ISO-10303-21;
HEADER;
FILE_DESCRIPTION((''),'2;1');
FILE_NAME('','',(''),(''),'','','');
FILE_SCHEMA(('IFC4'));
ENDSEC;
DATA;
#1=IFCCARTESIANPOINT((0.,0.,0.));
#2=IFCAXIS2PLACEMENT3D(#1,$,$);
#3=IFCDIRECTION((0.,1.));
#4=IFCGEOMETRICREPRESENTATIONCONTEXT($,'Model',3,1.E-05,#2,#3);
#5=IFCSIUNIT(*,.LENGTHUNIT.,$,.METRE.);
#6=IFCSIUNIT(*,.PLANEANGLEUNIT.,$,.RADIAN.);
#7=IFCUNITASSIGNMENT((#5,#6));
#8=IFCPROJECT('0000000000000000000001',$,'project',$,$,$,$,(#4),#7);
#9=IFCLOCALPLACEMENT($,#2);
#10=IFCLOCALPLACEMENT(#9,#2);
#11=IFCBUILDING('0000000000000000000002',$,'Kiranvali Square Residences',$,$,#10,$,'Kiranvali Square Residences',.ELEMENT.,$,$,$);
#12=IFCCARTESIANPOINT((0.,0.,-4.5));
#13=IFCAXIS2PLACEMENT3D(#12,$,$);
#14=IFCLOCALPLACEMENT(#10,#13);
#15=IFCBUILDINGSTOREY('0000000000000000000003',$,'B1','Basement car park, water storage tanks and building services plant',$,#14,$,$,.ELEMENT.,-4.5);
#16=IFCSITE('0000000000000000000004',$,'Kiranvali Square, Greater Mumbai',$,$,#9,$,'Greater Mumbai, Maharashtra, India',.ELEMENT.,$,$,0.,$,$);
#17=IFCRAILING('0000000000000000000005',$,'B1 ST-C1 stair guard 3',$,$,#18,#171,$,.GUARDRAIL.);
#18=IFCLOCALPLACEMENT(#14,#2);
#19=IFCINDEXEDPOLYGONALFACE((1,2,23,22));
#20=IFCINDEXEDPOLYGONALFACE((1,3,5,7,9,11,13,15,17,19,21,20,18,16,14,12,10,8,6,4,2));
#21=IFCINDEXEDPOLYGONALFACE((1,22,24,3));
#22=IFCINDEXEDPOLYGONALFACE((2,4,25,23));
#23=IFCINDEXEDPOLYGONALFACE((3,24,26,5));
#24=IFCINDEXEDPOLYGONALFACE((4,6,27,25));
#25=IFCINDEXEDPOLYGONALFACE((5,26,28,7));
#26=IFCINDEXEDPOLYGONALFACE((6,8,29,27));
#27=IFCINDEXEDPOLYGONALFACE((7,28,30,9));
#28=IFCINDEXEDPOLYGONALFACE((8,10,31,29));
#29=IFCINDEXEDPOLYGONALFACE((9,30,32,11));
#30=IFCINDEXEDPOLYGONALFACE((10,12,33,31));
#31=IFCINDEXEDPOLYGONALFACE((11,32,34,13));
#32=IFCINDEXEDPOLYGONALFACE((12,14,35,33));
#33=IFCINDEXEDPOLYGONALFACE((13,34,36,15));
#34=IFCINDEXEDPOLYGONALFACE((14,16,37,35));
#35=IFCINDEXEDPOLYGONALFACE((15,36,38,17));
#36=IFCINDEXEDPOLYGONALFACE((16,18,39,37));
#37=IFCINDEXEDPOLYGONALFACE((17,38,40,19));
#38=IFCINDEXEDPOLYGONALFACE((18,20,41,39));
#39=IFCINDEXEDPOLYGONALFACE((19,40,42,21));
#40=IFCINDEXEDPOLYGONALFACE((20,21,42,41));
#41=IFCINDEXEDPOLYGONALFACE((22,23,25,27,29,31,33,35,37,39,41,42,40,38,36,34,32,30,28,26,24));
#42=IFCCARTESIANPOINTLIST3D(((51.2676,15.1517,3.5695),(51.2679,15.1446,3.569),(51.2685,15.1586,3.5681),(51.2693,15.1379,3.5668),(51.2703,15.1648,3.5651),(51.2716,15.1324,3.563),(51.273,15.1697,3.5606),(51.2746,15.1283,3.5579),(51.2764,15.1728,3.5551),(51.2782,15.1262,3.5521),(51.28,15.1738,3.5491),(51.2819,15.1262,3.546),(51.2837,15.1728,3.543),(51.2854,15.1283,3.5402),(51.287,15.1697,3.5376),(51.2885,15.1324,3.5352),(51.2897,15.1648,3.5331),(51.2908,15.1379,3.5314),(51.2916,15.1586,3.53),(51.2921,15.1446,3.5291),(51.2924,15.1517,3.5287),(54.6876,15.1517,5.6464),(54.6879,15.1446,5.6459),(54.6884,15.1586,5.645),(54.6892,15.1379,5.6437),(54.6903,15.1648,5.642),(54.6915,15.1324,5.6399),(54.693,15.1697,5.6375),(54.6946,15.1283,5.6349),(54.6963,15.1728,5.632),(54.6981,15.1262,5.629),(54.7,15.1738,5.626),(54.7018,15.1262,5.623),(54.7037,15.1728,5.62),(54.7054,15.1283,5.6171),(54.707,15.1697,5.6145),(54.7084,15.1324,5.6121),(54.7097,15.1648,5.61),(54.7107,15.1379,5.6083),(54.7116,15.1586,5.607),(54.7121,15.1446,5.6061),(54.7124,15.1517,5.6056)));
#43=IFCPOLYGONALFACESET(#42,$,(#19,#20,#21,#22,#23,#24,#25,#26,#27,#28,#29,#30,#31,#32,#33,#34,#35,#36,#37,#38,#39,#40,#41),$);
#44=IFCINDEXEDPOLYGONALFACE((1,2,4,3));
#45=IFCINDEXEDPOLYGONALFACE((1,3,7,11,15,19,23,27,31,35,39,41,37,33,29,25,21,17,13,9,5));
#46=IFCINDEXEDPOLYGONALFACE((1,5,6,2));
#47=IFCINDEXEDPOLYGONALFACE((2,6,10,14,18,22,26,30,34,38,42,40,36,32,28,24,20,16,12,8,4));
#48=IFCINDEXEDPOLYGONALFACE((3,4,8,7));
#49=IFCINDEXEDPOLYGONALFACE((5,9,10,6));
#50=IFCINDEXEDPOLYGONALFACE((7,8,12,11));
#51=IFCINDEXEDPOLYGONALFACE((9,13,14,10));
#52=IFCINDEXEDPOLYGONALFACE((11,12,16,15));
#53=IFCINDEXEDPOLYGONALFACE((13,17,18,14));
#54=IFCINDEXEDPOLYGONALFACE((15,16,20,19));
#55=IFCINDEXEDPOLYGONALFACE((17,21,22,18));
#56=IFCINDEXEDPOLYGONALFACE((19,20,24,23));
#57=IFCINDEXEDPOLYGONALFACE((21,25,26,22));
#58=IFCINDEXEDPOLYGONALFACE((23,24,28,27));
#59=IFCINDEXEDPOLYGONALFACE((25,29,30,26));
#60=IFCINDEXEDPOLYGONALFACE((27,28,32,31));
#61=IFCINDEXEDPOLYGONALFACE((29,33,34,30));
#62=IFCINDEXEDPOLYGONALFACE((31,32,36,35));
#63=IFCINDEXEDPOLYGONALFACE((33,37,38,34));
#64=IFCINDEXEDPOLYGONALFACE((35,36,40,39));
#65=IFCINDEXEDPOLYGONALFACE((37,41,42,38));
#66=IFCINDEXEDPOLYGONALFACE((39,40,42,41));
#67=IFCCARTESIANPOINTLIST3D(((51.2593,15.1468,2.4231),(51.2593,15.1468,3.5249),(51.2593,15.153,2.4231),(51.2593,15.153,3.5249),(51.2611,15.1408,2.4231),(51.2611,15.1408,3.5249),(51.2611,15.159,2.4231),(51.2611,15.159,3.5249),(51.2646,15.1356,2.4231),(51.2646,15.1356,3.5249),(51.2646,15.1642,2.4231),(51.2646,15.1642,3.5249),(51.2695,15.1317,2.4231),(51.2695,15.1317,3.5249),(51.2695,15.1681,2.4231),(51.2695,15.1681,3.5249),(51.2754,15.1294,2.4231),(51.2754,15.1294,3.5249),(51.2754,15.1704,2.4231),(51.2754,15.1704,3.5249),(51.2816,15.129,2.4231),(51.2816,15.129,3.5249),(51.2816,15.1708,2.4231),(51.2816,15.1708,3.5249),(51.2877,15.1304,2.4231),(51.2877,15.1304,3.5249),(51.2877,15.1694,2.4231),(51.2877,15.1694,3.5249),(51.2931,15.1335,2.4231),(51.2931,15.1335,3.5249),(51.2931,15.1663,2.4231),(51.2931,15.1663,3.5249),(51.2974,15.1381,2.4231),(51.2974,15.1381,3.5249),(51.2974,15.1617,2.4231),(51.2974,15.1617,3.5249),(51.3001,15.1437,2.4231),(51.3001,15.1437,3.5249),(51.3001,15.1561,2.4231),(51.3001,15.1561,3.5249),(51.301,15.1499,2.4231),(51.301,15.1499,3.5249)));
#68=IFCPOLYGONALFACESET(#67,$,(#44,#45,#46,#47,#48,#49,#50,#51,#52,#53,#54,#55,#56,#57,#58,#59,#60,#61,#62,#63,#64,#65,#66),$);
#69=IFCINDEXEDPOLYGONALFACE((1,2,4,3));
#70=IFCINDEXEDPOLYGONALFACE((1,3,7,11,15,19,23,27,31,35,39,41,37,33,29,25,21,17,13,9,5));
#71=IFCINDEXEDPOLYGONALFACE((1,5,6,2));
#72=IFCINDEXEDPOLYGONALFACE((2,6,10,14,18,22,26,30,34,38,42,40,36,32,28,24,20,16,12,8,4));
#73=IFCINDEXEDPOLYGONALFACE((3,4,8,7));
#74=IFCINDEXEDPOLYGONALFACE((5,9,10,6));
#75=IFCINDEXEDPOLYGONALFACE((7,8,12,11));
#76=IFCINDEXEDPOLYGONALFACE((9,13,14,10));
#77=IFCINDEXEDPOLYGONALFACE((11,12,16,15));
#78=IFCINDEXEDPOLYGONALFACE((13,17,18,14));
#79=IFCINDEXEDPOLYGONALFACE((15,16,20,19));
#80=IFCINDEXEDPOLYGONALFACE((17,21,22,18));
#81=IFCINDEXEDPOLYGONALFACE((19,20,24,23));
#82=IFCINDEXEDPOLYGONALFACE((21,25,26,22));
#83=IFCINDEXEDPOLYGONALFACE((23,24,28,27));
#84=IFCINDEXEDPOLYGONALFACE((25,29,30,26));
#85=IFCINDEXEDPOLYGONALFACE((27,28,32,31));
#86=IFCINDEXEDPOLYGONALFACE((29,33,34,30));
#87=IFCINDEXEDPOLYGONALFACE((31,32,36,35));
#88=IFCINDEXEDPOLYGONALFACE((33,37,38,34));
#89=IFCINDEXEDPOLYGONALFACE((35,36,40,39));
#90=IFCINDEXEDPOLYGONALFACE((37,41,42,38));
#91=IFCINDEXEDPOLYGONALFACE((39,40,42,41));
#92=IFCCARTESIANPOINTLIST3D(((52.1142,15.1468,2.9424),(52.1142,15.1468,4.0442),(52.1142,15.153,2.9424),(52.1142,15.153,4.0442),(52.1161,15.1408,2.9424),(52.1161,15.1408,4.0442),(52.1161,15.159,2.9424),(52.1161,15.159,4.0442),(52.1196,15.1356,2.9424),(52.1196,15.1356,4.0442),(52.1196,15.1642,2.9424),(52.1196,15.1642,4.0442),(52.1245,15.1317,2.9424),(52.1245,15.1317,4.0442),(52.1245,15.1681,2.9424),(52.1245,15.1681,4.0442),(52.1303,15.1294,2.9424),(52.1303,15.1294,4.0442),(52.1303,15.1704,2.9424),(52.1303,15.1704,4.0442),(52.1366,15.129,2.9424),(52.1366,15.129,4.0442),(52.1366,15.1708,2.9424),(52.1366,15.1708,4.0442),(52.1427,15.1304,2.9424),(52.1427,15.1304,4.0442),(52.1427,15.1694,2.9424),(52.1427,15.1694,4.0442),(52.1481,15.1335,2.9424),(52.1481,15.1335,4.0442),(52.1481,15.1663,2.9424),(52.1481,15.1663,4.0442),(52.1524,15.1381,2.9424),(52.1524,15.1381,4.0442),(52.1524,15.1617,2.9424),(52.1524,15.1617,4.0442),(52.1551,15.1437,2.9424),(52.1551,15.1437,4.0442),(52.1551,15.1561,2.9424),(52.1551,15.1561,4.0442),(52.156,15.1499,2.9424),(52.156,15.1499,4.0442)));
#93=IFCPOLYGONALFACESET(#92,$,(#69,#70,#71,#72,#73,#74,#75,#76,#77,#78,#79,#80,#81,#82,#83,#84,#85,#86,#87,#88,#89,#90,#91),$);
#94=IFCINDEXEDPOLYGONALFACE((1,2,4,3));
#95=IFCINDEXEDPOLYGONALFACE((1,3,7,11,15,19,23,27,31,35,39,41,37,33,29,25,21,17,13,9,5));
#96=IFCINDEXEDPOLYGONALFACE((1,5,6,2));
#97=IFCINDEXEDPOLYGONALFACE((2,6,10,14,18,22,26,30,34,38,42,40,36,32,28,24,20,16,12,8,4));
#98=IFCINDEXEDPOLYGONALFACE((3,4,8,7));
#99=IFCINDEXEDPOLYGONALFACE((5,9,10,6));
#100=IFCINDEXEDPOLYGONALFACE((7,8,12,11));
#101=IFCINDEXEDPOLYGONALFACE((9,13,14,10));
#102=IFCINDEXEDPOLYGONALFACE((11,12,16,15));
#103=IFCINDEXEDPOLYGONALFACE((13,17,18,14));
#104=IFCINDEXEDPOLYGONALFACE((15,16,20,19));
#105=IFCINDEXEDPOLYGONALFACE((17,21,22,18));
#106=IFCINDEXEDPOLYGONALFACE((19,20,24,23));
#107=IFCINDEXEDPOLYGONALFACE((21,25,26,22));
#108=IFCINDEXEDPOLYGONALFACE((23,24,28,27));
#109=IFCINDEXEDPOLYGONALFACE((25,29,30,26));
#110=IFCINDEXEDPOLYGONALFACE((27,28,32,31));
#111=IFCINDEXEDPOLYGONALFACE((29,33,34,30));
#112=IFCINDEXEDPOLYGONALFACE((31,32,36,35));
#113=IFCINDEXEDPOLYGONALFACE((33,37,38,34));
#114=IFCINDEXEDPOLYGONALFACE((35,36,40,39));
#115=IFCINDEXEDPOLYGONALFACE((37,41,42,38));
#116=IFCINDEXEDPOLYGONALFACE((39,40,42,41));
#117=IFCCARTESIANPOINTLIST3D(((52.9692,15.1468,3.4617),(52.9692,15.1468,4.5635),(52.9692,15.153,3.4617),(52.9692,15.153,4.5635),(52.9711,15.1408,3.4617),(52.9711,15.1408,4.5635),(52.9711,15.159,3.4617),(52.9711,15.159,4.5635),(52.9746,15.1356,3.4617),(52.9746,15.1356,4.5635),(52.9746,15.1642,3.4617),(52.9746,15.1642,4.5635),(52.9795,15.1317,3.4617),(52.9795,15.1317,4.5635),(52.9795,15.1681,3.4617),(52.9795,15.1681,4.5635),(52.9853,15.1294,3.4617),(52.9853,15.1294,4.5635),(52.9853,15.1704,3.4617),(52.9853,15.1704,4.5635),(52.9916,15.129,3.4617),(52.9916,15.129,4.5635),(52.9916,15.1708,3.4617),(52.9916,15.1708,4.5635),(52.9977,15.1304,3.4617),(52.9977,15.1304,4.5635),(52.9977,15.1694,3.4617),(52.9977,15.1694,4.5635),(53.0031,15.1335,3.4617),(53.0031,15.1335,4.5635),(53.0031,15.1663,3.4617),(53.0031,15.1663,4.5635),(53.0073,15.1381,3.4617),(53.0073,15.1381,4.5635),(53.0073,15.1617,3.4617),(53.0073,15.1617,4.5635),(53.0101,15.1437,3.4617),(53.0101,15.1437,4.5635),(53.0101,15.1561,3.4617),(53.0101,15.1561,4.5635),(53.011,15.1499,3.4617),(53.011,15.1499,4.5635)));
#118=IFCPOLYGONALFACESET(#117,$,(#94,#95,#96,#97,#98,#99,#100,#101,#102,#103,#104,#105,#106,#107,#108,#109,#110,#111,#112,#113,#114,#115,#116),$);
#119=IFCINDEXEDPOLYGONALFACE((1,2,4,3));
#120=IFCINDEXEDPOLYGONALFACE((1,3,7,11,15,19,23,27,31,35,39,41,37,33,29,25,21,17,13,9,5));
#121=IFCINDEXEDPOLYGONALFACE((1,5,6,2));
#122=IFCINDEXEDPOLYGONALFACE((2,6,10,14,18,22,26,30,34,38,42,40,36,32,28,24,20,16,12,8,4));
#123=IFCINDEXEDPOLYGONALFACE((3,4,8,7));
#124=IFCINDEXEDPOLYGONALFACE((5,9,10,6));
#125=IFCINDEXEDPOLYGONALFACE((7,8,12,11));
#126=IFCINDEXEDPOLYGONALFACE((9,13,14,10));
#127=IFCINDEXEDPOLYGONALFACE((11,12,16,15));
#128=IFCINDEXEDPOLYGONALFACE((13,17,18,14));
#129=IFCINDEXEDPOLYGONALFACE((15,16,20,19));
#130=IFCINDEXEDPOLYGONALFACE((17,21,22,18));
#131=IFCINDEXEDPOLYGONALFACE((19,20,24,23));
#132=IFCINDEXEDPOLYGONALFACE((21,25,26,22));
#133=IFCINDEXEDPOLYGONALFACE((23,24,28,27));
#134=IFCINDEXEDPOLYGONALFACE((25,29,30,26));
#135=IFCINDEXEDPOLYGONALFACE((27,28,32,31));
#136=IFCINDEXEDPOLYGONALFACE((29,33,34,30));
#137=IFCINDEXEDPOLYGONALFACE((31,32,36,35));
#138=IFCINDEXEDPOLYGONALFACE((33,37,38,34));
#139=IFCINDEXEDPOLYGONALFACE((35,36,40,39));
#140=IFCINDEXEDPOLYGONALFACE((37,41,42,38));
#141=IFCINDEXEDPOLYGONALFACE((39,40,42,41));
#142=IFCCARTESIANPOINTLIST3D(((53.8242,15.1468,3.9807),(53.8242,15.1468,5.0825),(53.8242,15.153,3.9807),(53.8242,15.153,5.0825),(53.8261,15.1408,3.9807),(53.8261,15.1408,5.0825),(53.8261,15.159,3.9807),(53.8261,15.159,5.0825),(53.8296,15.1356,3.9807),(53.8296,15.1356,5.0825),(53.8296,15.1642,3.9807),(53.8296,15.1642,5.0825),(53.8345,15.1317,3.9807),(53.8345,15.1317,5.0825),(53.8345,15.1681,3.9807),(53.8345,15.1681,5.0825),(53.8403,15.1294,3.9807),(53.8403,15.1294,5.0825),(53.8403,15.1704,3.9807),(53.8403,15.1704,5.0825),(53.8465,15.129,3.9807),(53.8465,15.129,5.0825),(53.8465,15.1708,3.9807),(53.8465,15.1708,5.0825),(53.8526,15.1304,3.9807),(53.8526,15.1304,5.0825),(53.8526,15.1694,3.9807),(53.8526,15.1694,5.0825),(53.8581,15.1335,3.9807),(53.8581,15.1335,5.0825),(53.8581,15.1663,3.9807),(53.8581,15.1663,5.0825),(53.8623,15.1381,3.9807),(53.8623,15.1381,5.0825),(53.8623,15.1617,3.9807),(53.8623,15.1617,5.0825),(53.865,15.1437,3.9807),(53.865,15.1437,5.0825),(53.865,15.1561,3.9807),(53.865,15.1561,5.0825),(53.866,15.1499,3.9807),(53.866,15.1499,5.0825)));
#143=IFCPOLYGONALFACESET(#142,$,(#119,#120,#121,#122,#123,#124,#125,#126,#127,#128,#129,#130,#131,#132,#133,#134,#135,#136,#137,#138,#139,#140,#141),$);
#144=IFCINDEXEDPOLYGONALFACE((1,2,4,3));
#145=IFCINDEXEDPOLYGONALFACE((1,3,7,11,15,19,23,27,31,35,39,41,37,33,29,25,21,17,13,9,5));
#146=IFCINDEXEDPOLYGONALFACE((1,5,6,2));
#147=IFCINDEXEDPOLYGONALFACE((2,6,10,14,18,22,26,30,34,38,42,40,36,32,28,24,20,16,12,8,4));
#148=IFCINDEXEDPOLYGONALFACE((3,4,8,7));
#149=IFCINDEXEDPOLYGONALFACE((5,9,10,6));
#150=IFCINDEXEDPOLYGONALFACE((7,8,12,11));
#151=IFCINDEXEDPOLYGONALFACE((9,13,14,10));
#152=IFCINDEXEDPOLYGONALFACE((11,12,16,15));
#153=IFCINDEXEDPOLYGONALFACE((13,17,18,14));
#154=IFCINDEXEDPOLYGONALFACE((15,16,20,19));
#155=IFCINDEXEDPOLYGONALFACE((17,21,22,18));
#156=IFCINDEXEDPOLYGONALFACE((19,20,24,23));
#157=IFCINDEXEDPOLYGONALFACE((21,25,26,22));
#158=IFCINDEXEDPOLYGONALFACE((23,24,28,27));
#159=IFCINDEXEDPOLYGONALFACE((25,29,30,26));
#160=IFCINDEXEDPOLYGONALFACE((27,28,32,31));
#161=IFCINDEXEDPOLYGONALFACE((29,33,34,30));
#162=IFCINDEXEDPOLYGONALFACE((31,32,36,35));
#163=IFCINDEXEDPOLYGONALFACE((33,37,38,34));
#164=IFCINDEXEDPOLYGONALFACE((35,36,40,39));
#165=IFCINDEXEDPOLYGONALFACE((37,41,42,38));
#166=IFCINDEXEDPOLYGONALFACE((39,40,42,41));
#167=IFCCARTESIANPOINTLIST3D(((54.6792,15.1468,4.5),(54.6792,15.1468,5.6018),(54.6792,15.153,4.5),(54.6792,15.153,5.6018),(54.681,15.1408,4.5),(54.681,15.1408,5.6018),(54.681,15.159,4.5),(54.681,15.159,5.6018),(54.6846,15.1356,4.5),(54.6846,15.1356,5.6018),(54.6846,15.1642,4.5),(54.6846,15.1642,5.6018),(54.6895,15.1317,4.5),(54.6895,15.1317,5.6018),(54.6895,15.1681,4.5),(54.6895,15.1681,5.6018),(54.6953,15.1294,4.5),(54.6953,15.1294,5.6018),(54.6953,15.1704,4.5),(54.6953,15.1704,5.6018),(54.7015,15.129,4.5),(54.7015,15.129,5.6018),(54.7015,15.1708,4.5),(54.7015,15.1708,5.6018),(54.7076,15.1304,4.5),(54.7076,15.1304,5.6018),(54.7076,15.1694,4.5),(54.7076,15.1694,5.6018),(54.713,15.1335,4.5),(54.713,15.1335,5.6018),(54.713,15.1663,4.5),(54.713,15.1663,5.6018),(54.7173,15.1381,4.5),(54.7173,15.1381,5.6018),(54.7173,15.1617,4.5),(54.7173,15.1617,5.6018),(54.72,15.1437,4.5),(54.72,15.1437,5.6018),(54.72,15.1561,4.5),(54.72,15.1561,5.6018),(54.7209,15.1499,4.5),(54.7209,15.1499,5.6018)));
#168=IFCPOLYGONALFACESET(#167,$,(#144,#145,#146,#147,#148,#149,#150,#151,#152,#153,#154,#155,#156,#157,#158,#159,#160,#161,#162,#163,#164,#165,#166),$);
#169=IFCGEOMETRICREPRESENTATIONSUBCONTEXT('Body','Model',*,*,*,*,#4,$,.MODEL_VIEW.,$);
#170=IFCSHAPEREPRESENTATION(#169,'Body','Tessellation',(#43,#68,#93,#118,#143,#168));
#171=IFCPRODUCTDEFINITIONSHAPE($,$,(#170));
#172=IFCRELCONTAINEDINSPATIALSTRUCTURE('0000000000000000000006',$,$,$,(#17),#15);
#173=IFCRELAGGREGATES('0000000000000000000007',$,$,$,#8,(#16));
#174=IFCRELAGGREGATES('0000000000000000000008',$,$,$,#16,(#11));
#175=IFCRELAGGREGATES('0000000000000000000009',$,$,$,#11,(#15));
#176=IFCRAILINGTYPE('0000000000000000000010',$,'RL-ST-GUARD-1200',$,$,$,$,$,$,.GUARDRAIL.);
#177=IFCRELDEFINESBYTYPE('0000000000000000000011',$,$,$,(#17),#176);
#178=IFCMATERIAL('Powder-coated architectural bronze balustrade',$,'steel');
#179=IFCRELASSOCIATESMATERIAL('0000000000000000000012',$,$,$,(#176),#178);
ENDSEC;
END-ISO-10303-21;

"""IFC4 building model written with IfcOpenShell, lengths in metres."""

from ifc_helpers import new_model, si_unit, direction, frame, origin, origin_2d, place, context, subcontext, project, spatial, circle, extrude, material, type_object, element, save


model = new_model("IFC4")

# Units and contexts
model_context = context("Model", 3, precision=1e-05, world=origin(), true_north=direction((0.0, 1.0)))
body_context = subcontext(model_context, "Body", "Model", "MODEL_VIEW")
ifc_project = project(units=[si_unit("LENGTHUNIT", "METRE"), si_unit("PLANEANGLEUNIT", "RADIAN")], contexts=[model_context])

# Site, building, storey
site_placement = place(None, origin())
site = spatial("IfcSite", under=ifc_project, at=site_placement, Name="Kiranvali Square, Greater Mumbai", LongName="Greater Mumbai, Maharashtra, India", CompositionType="ELEMENT", RefElevation=0.0)
building_placement = place(site_placement, origin())
building = spatial("IfcBuilding", under=site, at=building_placement, Name="Kiranvali Square Residences", LongName="Kiranvali Square Residences", CompositionType="ELEMENT")
storey_placement = place(building_placement, frame((0.0, 0.0, -4.5)))
storey = spatial("IfcBuildingStorey", under=building, at=storey_placement, Name="B1", Description="Basement car park, water storage tanks and building services plant", CompositionType="ELEMENT", Elevation=-4.5)

# Railing
ifc_material_1 = material(Name="Powder-coated architectural bronze balustrade", Category="steel")
railing_type_1 = type_object("IfcRailingType", Name="RL-ST-GUARD-1200", PredefinedType="GUARDRAIL", material=ifc_material_1)
railing_1_placement = place(storey_placement, frame((51.28, 15.1499, 2.4231)))
element("IfcRailing", 1, at=railing_1_placement, inside=storey, type_object=railing_type_1, Name="B1 ST-C1 stair guard 3", PredefinedType="GUARDRAIL", context=body_context, shape_type="SweptSolid", body=[
    extrude(circle(Radius=0.0239, at=origin_2d()), frame((0.0, 0.0, 1.126), z_axis=(0.85473, 0.0, 0.519074), x_axis=(0.0, 1.0, 0.0)), (0.0, 0.0, 1.0), 4.0012),
    extrude(circle(Radius=0.021, at=origin_2d()), origin(), (0.0, 0.0, 1.0), 1.1018),
    extrude(circle(Radius=0.021, at=origin_2d()), frame((0.855, 0.0, 0.5193)), (0.0, 0.0, 1.0), 1.1018),
    extrude(circle(Radius=0.021, at=origin_2d()), frame((1.71, 0.0, 1.0386)), (0.0, 0.0, 1.0), 1.1018),
    extrude(circle(Radius=0.021, at=origin_2d()), frame((2.5649, 0.0, 1.5576)), (0.0, 0.0, 1.0), 1.1018),
    extrude(circle(Radius=0.021, at=origin_2d()), frame((3.4199, 0.0, 2.0769)), (0.0, 0.0, 1.0), 1.1018),
])

save(model, "model.ifc")
